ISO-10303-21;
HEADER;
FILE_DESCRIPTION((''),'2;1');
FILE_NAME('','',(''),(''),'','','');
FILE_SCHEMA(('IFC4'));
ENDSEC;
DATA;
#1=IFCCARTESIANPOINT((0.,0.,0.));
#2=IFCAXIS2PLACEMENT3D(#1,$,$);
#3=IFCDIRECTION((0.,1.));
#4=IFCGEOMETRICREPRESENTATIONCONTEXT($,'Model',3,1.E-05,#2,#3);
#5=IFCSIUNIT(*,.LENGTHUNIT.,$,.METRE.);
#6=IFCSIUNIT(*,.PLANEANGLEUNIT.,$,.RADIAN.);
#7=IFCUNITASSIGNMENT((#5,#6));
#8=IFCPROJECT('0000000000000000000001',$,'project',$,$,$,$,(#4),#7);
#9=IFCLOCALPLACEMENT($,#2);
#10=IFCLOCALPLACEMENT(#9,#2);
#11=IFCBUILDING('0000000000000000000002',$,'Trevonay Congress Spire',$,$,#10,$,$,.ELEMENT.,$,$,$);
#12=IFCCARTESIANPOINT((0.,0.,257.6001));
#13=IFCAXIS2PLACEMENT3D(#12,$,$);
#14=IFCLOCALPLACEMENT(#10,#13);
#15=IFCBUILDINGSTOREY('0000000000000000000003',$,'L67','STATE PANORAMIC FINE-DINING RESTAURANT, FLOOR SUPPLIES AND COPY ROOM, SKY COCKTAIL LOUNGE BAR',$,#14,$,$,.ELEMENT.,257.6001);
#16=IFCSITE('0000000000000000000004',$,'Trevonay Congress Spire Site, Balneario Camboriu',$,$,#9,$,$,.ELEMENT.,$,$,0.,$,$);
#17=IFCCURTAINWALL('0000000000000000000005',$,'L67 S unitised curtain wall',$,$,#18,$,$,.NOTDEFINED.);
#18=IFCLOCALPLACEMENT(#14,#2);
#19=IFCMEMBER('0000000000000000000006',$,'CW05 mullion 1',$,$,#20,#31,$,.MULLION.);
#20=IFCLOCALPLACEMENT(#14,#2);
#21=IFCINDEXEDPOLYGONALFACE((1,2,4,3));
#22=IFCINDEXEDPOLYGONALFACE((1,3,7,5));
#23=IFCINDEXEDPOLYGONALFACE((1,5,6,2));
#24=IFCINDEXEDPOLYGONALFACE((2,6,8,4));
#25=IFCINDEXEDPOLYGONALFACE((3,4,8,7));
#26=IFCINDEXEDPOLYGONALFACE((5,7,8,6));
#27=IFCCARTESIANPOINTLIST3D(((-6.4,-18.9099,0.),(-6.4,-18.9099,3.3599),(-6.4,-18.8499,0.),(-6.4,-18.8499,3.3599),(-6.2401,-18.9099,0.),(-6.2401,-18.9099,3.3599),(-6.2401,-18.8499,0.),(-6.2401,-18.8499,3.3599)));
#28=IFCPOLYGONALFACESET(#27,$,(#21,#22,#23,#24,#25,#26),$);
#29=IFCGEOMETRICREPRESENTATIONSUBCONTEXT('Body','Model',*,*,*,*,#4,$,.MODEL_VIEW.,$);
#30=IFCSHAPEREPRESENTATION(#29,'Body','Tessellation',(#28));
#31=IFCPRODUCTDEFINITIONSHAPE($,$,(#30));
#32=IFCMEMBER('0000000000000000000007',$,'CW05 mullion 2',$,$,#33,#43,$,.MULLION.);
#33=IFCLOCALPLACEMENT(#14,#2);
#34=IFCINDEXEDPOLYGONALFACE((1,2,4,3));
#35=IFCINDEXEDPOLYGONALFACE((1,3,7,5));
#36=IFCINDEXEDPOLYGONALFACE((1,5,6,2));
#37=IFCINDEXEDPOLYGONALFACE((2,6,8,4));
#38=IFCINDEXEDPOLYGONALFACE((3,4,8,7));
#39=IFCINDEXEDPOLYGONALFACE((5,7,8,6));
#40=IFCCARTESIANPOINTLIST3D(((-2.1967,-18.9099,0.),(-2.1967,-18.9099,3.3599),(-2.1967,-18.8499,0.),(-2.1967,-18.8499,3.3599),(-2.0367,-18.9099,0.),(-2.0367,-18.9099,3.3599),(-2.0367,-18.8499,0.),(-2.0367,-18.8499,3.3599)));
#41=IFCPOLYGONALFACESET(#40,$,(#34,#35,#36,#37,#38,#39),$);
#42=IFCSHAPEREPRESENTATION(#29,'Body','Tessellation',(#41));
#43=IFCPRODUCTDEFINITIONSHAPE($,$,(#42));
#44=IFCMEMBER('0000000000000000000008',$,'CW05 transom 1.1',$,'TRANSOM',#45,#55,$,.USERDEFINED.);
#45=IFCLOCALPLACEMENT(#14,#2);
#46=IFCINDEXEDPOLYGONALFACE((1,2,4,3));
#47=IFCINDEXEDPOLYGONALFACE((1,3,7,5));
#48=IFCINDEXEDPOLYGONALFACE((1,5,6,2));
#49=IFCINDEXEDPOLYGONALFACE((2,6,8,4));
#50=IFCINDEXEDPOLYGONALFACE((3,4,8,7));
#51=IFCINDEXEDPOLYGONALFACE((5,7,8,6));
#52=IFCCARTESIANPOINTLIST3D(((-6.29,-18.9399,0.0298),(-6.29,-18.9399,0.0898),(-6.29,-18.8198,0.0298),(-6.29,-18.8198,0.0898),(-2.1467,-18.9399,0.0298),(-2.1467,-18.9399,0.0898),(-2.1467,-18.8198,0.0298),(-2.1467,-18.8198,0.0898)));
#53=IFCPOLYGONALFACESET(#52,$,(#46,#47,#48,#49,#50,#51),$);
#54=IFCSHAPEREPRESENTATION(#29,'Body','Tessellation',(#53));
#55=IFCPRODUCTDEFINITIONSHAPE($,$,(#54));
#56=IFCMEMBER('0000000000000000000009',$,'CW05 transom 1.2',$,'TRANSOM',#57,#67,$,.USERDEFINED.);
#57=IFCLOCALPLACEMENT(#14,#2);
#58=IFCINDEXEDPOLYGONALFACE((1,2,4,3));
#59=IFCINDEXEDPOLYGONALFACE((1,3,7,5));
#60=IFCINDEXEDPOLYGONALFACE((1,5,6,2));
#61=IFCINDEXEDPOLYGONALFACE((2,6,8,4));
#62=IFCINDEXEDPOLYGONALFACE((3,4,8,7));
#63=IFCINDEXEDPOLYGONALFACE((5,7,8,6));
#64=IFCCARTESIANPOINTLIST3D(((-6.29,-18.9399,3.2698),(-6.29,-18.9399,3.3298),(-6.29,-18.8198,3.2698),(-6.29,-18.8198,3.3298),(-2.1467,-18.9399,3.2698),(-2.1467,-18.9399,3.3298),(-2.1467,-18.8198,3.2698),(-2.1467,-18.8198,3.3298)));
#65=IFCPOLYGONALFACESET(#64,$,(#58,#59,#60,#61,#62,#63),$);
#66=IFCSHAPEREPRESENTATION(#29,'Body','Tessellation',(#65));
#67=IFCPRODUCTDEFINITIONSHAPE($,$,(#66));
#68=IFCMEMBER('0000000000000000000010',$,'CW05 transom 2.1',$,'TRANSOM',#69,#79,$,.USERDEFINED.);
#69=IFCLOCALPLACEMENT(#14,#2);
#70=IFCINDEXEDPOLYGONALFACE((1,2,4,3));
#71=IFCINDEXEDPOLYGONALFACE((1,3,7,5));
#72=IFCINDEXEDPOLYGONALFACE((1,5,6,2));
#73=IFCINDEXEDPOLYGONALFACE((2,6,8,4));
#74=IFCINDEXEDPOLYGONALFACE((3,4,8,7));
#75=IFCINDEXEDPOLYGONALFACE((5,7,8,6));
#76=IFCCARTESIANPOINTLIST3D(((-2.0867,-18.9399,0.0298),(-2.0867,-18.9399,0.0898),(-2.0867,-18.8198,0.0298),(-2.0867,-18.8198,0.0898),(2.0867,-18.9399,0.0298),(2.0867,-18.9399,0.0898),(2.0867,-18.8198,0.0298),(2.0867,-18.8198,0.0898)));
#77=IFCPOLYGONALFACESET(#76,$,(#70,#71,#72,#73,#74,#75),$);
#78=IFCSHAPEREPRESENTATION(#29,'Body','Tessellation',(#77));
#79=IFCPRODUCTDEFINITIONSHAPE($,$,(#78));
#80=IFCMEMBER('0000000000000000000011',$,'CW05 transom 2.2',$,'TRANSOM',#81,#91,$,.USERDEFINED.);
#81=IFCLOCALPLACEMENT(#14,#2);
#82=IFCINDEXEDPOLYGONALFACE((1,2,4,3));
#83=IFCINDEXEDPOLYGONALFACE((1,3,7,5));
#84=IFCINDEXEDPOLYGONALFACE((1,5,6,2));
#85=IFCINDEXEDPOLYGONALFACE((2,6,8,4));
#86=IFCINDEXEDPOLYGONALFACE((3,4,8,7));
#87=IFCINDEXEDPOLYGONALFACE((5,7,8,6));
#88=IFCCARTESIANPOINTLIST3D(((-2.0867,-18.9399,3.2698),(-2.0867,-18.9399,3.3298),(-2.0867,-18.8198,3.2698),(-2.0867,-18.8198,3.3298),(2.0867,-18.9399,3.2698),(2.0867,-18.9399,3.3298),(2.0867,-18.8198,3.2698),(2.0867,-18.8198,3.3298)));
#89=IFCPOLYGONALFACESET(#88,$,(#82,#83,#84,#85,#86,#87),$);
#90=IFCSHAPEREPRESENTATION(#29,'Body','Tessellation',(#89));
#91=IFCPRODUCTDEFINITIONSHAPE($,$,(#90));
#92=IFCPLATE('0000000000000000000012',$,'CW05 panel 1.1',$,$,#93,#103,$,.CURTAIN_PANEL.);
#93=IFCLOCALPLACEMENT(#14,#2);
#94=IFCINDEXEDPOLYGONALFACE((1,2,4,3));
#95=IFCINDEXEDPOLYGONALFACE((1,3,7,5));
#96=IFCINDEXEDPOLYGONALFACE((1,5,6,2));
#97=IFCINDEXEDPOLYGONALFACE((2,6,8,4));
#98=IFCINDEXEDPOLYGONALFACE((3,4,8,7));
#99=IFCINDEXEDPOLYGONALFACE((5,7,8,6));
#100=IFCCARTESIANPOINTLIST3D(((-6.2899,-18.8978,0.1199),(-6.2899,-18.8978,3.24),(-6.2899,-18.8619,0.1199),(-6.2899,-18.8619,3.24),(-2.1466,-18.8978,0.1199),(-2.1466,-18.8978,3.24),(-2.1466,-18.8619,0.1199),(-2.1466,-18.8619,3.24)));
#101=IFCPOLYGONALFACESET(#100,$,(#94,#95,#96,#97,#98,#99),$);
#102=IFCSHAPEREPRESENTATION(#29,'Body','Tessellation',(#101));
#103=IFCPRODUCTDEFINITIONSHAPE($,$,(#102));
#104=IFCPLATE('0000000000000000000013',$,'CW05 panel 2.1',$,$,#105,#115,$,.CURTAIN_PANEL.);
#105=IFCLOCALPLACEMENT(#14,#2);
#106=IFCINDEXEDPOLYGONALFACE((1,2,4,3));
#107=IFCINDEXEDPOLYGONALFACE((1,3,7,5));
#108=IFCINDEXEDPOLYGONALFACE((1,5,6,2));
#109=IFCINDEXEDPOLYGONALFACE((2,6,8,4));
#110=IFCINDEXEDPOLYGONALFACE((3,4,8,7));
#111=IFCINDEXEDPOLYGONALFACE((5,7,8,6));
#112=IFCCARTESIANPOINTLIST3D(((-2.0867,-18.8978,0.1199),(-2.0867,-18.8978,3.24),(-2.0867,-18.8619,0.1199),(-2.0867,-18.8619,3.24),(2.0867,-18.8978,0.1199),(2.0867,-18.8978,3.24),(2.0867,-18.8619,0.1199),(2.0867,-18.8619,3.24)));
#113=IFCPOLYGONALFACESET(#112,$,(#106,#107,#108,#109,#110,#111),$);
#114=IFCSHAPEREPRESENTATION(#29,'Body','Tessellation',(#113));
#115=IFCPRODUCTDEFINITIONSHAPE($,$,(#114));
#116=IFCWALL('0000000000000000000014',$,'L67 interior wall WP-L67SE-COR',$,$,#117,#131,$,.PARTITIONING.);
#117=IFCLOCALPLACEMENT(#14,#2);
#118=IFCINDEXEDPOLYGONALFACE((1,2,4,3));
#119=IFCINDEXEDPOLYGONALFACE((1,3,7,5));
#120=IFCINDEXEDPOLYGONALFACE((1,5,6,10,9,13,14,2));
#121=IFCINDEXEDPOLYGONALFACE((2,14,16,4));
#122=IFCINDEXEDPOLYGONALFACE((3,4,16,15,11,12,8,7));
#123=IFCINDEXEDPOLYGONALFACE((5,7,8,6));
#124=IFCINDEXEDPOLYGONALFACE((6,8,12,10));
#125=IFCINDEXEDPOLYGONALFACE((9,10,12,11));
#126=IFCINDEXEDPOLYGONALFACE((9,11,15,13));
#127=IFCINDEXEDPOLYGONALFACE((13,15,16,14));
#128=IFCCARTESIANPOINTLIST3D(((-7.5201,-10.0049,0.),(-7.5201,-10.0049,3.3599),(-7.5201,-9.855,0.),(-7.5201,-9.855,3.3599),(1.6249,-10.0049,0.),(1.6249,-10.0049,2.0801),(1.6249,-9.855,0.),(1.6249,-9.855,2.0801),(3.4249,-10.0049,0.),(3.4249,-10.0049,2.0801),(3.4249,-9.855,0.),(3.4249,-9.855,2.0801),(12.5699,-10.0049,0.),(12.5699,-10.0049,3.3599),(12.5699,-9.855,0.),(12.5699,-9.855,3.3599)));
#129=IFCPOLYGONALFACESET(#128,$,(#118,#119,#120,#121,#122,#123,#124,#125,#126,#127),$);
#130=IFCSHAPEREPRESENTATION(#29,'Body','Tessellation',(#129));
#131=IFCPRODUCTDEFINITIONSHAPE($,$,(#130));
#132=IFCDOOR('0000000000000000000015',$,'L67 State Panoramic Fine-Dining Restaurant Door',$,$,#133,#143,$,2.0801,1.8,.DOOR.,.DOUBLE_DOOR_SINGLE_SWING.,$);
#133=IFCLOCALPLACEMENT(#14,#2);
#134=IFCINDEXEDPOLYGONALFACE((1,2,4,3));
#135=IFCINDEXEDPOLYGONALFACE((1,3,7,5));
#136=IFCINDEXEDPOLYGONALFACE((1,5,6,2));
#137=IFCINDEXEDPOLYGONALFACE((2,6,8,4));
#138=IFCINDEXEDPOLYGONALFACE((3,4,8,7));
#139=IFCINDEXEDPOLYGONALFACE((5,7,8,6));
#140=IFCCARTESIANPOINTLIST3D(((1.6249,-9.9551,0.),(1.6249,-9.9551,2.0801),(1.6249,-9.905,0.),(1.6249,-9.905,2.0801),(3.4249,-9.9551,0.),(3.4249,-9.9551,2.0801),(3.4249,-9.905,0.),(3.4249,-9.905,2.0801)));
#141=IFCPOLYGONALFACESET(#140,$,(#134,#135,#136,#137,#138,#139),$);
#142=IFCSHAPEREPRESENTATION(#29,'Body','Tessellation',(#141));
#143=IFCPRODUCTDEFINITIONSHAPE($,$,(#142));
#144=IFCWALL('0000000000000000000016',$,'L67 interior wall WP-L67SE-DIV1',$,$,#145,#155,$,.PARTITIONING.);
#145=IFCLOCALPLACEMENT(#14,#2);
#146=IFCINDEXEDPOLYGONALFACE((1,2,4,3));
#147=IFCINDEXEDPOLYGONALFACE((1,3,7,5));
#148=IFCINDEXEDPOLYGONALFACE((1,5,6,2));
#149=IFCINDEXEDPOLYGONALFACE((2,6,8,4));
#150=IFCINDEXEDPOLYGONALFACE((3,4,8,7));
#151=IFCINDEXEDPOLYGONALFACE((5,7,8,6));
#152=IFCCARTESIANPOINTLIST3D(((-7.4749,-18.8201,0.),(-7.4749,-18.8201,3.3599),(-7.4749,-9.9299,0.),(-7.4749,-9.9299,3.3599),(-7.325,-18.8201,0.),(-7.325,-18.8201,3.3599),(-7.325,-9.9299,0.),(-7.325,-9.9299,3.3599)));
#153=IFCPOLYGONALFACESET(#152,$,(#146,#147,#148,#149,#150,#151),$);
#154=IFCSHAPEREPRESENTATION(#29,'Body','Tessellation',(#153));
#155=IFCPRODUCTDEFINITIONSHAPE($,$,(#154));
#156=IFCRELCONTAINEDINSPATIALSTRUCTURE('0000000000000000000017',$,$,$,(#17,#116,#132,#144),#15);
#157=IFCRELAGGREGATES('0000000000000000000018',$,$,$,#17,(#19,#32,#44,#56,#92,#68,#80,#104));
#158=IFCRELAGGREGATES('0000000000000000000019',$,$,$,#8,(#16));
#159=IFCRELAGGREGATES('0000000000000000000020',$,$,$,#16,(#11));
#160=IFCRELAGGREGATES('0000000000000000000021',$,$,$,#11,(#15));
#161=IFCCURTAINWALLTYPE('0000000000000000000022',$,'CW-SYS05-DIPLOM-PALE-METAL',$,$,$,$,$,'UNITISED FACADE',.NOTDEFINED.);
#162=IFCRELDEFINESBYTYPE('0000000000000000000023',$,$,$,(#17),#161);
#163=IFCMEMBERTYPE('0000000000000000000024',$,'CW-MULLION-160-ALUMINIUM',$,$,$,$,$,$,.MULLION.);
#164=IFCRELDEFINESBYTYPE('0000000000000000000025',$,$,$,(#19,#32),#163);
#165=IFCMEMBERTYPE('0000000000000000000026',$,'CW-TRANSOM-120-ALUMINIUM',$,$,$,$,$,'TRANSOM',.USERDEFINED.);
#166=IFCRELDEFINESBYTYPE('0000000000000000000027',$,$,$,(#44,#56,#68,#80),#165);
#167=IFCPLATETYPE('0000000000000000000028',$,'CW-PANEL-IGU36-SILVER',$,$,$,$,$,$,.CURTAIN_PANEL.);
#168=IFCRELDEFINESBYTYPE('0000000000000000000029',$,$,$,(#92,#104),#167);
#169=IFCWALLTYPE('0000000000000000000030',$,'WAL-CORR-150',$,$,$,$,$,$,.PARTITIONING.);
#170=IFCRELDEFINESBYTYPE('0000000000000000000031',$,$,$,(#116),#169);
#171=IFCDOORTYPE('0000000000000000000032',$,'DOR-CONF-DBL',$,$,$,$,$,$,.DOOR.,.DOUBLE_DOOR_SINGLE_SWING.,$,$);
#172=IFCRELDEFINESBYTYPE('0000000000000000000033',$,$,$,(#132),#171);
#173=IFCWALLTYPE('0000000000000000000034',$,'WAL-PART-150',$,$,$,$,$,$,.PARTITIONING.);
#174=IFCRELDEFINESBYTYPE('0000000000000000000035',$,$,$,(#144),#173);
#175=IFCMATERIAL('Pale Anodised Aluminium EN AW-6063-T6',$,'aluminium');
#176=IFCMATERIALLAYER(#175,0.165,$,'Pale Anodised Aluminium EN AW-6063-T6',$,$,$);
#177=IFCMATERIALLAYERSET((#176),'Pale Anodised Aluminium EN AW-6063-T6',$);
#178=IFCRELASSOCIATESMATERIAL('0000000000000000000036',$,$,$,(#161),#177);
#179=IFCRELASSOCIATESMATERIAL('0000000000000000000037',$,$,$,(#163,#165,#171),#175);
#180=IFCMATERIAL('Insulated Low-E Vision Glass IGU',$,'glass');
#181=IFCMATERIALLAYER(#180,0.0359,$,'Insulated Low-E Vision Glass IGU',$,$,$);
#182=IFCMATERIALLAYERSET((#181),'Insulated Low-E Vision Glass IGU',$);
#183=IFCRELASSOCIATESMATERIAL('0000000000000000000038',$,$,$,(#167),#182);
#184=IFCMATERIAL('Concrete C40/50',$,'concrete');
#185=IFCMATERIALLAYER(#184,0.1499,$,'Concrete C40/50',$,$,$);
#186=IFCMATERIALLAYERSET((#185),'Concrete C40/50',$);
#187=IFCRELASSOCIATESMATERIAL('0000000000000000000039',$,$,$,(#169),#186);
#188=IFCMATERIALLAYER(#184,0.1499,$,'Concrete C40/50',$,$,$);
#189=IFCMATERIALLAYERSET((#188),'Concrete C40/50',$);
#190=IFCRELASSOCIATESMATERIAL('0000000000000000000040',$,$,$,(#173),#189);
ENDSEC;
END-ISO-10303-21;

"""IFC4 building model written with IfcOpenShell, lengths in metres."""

from ifc_helpers import new_model, si_unit, direction, frame, frame_2d, origin, origin_2d, place, context, subcontext, project, spatial, rectangle, extrude, material, layer, layer_set, material_profile, profile_set, type_object, element, fill, aggregate, save


model = new_model("IFC4")

# Units and contexts
model_context = context("Model", 3, precision=1e-05, world=origin(), true_north=direction((0.0, 1.0)))
body_context = subcontext(model_context, "Body", "Model", "MODEL_VIEW")
ifc_project = project(units=[si_unit("LENGTHUNIT", "METRE"), si_unit("PLANEANGLEUNIT", "RADIAN")], contexts=[model_context])

# Site, building, storey
site_placement = place(None, origin())
site = spatial("IfcSite", under=ifc_project, at=site_placement, Name="Trevonay Congress Spire Site, Balneario Camboriu", CompositionType="ELEMENT", RefElevation=0.0)
building_placement = place(site_placement, origin())
building = spatial("IfcBuilding", under=site, at=building_placement, Name="Trevonay Congress Spire", CompositionType="ELEMENT")
storey_placement = place(building_placement, frame((0.0, 0.0, 257.6001)))
storey = spatial("IfcBuildingStorey", under=building, at=storey_placement, Name="L67", Description="STATE PANORAMIC FINE-DINING RESTAURANT, FLOOR SUPPLIES AND COPY ROOM, SKY COCKTAIL LOUNGE BAR", CompositionType="ELEMENT", Elevation=257.6001)

# Curtain wall, members, plates
ifc_material_1 = material(Name="Pale Anodised Aluminium EN AW-6063-T6", Category="aluminium")
ifc_layer_1 = layer(ifc_material_1, 0.165, Name="Pale Anodised Aluminium EN AW-6063-T6")
ifc_layer_set_1 = layer_set([ifc_layer_1], Name="Pale Anodised Aluminium EN AW-6063-T6")
curtain_wall_type = type_object("IfcCurtainWallType", Name="CW-SYS05-DIPLOM-PALE-METAL", ElementType="UNITISED FACADE", PredefinedType="NOTDEFINED", material=ifc_layer_set_1)
curtain_wall_placement = place(storey_placement, origin())
curtain_wall = element("IfcCurtainWall", 1, at=curtain_wall_placement, inside=storey, type_object=curtain_wall_type, Name="L67 S unitised curtain wall", PredefinedType="NOTDEFINED")
ifc_material_profile_1 = material_profile(ifc_material_1, rectangle(XDim=0.0601, YDim=0.1599, at=origin_2d()), Name="CW-MULLION-160-ALUMINIUM")
ifc_profile_set_1 = profile_set([ifc_material_profile_1], Name="Pale Anodised Aluminium EN AW-6063-T6")
member_type_1 = type_object("IfcMemberType", Name="CW-MULLION-160-ALUMINIUM", PredefinedType="MULLION", material=ifc_profile_set_1)
member_1_placement = place(storey_placement, frame((-6.3201, -18.8799, 0.0), z_axis=(0.0, 0.0, 1.0), x_axis=(0.0, 1.0, 0.0)))
member_1 = element("IfcMember", 2, at=member_1_placement, type_object=member_type_1, Name="CW05 mullion 1", PredefinedType="MULLION", context=body_context, shape_type="SweptSolid", body=[
    extrude(rectangle(XDim=0.0601, YDim=0.1599, at=origin_2d()), origin(), (0.0, 0.0, 1.0), 3.3599),
])
member_2_placement = place(storey_placement, frame((-2.1167, -18.8799, 0.0), z_axis=(0.0, 0.0, 1.0), x_axis=(0.0, 1.0, 0.0)))
member_2 = element("IfcMember", 3, at=member_2_placement, type_object=member_type_1, Name="CW05 mullion 2", PredefinedType="MULLION", context=body_context, shape_type="SweptSolid", body=[
    extrude(rectangle(XDim=0.0601, YDim=0.1599, at=origin_2d()), origin(), (0.0, 0.0, 1.0), 3.3599),
])
ifc_material_profile_2 = material_profile(ifc_material_1, rectangle(XDim=0.1201, YDim=0.0601, at=origin_2d()), Name="CW-TRANSOM-120-ALUMINIUM")
ifc_profile_set_2 = profile_set([ifc_material_profile_2], Name="Pale Anodised Aluminium EN AW-6063-T6")
member_type_2 = type_object("IfcMemberType", Name="CW-TRANSOM-120-ALUMINIUM", ElementType="TRANSOM", PredefinedType="USERDEFINED", material=ifc_profile_set_2)
member_3_placement = place(storey_placement, frame((-6.29, -18.8799, 0.0598), z_axis=(1.0, 0.0, 0.0), x_axis=(0.0, 1.0, 0.0)))
member_3 = element("IfcMember", 4, at=member_3_placement, type_object=member_type_2, Name="CW05 transom 1.1", ObjectType="TRANSOM", PredefinedType="USERDEFINED", context=body_context, shape_type="SweptSolid", body=[
    extrude(rectangle(XDim=0.1201, YDim=0.0601, at=origin_2d()), origin(), (0.0, 0.0, 1.0), 4.1433),
])
member_4_placement = place(storey_placement, frame((-6.29, -18.8799, 3.2998), z_axis=(1.0, 0.0, 0.0), x_axis=(0.0, 1.0, 0.0)))
member_4 = element("IfcMember", 5, at=member_4_placement, type_object=member_type_2, Name="CW05 transom 1.2", ObjectType="TRANSOM", PredefinedType="USERDEFINED", context=body_context, shape_type="SweptSolid", body=[
    extrude(rectangle(XDim=0.1201, YDim=0.0601, at=origin_2d()), origin(), (0.0, 0.0, 1.0), 4.1433),
])
member_5_placement = place(storey_placement, frame((-2.0867, -18.8799, 0.0598), z_axis=(1.0, 0.0, 0.0), x_axis=(0.0, 1.0, 0.0)))
member_5 = element("IfcMember", 6, at=member_5_placement, type_object=member_type_2, Name="CW05 transom 2.1", ObjectType="TRANSOM", PredefinedType="USERDEFINED", context=body_context, shape_type="SweptSolid", body=[
    extrude(rectangle(XDim=0.1201, YDim=0.0601, at=origin_2d()), origin(), (0.0, 0.0, 1.0), 4.1733),
])
member_6_placement = place(storey_placement, frame((-2.0867, -18.8799, 3.2998), z_axis=(1.0, 0.0, 0.0), x_axis=(0.0, 1.0, 0.0)))
member_6 = element("IfcMember", 7, at=member_6_placement, type_object=member_type_2, Name="CW05 transom 2.2", ObjectType="TRANSOM", PredefinedType="USERDEFINED", context=body_context, shape_type="SweptSolid", body=[
    extrude(rectangle(XDim=0.1201, YDim=0.0601, at=origin_2d()), origin(), (0.0, 0.0, 1.0), 4.1733),
])
ifc_material_2 = material(Name="Insulated Low-E Vision Glass IGU", Category="glass")
ifc_layer_2 = layer(ifc_material_2, 0.0359, Name="Insulated Low-E Vision Glass IGU")
ifc_layer_set_2 = layer_set([ifc_layer_2], Name="Insulated Low-E Vision Glass IGU")
plate_type = type_object("IfcPlateType", Name="CW-PANEL-IGU36-SILVER", PredefinedType="CURTAIN_PANEL", material=ifc_layer_set_2)
plate_1_placement = place(storey_placement, frame((-4.2183, -18.8799, 0.1199), z_axis=(0.0, 0.0, 1.0), x_axis=(1.0, 0.0, 0.0)))
plate_1 = element("IfcPlate", 8, at=plate_1_placement, type_object=plate_type, Name="CW05 panel 1.1", PredefinedType="CURTAIN_PANEL", context=body_context, shape_type="SweptSolid", body=[
    extrude(rectangle(XDim=4.1433, YDim=0.0359, at=origin_2d()), origin(), (0.0, 0.0, 1.0), 3.1201),
])
plate_2_placement = place(storey_placement, frame((0.0, -18.8799, 0.1199), z_axis=(0.0, 0.0, 1.0), x_axis=(1.0, 0.0, 0.0)))
plate_2 = element("IfcPlate", 9, at=plate_2_placement, type_object=plate_type, Name="CW05 panel 2.1", PredefinedType="CURTAIN_PANEL", context=body_context, shape_type="SweptSolid", body=[
    extrude(rectangle(XDim=4.1733, YDim=0.0359, at=origin_2d()), origin(), (0.0, 0.0, 1.0), 3.1201),
])
aggregate(curtain_wall, [member_1, member_2, member_3, member_4, plate_1, member_5, member_6, plate_2])

# Wall, opening, door
ifc_material_3 = material(Name="Concrete C40/50", Category="concrete")
ifc_layer_3 = layer(ifc_material_3, 0.1499, Name="Concrete C40/50")
ifc_layer_set_3 = layer_set([ifc_layer_3], Name="Concrete C40/50")
wall_type_1 = type_object("IfcWallType", Name="WAL-CORR-150", PredefinedType="PARTITIONING", material=ifc_layer_set_3)
wall_1_placement = place(storey_placement, frame((-7.52, -9.9299, 0.0), z_axis=(0.0, 0.0, 1.0), x_axis=(1.0, 0.0, 0.0)))
wall_1 = element("IfcWall", 10, at=wall_1_placement, inside=storey, type_object=wall_type_1, Name="L67 interior wall WP-L67SE-COR", PredefinedType="PARTITIONING", context=body_context, shape_type="SweptSolid", body=[
    extrude(rectangle(XDim=20.0901, YDim=0.1499, at=frame_2d((10.0449, 0.0))), origin(), (0.0, 0.0, 1.0), 3.3599),
])
opening_placement = place(wall_1_placement, frame((9.145, 0.0, 0.0)))
opening = element("IfcOpeningElement", 11, at=opening_placement, cuts=wall_1, PredefinedType="OPENING", context=body_context, shape_type="SweptSolid", body=[
    extrude(rectangle(XDim=1.8, YDim=2.0801, at=frame_2d((0.8999, 1.04))), frame((0.0, 0.085, 0.0), z_axis=(0.0, -1.0, 0.0), x_axis=(1.0, 0.0, 0.0)), (0.0, 0.0, 1.0), 0.1699),
])
door_type = type_object("IfcDoorType", Name="DOR-CONF-DBL", OperationType="DOUBLE_DOOR_SINGLE_SWING", PredefinedType="DOOR", material=ifc_material_1)
door_placement = place(opening_placement, origin())
door = element("IfcDoor", 12, at=door_placement, inside=storey, type_object=door_type, Name="L67 State Panoramic Fine-Dining Restaurant Door", OperationType="DOUBLE_DOOR_SINGLE_SWING", OverallHeight=2.0801, OverallWidth=1.8, PredefinedType="DOOR", context=body_context, shape_type="SweptSolid", body=[
    extrude(rectangle(XDim=1.8, YDim=2.0801, at=frame_2d((0.8999, 1.04))), frame((0.0, 0.0249, 0.0), z_axis=(0.0, -1.0, 0.0), x_axis=(1.0, 0.0, 0.0)), (0.0, 0.0, 1.0), 0.05),
])
fill(opening, door)

# Wall
ifc_layer_4 = layer(ifc_material_3, 0.1499, Name="Concrete C40/50")
ifc_layer_set_4 = layer_set([ifc_layer_4], Name="Concrete C40/50")
wall_type_2 = type_object("IfcWallType", Name="WAL-PART-150", PredefinedType="PARTITIONING", material=ifc_layer_set_4)
wall_2_placement = place(storey_placement, frame((-7.3999, -18.8201, 0.0), z_axis=(0.0, 0.0, 1.0), x_axis=(0.0, 1.0, 0.0)))
element("IfcWall", 13, at=wall_2_placement, inside=storey, type_object=wall_type_2, Name="L67 interior wall WP-L67SE-DIV1", PredefinedType="PARTITIONING", context=body_context, shape_type="SweptSolid", body=[
    extrude(rectangle(XDim=8.8901, YDim=0.1499, at=frame_2d((4.4451, 0.0))), origin(), (0.0, 0.0, 1.0), 3.3599),
])

save(model, "model.ifc")
